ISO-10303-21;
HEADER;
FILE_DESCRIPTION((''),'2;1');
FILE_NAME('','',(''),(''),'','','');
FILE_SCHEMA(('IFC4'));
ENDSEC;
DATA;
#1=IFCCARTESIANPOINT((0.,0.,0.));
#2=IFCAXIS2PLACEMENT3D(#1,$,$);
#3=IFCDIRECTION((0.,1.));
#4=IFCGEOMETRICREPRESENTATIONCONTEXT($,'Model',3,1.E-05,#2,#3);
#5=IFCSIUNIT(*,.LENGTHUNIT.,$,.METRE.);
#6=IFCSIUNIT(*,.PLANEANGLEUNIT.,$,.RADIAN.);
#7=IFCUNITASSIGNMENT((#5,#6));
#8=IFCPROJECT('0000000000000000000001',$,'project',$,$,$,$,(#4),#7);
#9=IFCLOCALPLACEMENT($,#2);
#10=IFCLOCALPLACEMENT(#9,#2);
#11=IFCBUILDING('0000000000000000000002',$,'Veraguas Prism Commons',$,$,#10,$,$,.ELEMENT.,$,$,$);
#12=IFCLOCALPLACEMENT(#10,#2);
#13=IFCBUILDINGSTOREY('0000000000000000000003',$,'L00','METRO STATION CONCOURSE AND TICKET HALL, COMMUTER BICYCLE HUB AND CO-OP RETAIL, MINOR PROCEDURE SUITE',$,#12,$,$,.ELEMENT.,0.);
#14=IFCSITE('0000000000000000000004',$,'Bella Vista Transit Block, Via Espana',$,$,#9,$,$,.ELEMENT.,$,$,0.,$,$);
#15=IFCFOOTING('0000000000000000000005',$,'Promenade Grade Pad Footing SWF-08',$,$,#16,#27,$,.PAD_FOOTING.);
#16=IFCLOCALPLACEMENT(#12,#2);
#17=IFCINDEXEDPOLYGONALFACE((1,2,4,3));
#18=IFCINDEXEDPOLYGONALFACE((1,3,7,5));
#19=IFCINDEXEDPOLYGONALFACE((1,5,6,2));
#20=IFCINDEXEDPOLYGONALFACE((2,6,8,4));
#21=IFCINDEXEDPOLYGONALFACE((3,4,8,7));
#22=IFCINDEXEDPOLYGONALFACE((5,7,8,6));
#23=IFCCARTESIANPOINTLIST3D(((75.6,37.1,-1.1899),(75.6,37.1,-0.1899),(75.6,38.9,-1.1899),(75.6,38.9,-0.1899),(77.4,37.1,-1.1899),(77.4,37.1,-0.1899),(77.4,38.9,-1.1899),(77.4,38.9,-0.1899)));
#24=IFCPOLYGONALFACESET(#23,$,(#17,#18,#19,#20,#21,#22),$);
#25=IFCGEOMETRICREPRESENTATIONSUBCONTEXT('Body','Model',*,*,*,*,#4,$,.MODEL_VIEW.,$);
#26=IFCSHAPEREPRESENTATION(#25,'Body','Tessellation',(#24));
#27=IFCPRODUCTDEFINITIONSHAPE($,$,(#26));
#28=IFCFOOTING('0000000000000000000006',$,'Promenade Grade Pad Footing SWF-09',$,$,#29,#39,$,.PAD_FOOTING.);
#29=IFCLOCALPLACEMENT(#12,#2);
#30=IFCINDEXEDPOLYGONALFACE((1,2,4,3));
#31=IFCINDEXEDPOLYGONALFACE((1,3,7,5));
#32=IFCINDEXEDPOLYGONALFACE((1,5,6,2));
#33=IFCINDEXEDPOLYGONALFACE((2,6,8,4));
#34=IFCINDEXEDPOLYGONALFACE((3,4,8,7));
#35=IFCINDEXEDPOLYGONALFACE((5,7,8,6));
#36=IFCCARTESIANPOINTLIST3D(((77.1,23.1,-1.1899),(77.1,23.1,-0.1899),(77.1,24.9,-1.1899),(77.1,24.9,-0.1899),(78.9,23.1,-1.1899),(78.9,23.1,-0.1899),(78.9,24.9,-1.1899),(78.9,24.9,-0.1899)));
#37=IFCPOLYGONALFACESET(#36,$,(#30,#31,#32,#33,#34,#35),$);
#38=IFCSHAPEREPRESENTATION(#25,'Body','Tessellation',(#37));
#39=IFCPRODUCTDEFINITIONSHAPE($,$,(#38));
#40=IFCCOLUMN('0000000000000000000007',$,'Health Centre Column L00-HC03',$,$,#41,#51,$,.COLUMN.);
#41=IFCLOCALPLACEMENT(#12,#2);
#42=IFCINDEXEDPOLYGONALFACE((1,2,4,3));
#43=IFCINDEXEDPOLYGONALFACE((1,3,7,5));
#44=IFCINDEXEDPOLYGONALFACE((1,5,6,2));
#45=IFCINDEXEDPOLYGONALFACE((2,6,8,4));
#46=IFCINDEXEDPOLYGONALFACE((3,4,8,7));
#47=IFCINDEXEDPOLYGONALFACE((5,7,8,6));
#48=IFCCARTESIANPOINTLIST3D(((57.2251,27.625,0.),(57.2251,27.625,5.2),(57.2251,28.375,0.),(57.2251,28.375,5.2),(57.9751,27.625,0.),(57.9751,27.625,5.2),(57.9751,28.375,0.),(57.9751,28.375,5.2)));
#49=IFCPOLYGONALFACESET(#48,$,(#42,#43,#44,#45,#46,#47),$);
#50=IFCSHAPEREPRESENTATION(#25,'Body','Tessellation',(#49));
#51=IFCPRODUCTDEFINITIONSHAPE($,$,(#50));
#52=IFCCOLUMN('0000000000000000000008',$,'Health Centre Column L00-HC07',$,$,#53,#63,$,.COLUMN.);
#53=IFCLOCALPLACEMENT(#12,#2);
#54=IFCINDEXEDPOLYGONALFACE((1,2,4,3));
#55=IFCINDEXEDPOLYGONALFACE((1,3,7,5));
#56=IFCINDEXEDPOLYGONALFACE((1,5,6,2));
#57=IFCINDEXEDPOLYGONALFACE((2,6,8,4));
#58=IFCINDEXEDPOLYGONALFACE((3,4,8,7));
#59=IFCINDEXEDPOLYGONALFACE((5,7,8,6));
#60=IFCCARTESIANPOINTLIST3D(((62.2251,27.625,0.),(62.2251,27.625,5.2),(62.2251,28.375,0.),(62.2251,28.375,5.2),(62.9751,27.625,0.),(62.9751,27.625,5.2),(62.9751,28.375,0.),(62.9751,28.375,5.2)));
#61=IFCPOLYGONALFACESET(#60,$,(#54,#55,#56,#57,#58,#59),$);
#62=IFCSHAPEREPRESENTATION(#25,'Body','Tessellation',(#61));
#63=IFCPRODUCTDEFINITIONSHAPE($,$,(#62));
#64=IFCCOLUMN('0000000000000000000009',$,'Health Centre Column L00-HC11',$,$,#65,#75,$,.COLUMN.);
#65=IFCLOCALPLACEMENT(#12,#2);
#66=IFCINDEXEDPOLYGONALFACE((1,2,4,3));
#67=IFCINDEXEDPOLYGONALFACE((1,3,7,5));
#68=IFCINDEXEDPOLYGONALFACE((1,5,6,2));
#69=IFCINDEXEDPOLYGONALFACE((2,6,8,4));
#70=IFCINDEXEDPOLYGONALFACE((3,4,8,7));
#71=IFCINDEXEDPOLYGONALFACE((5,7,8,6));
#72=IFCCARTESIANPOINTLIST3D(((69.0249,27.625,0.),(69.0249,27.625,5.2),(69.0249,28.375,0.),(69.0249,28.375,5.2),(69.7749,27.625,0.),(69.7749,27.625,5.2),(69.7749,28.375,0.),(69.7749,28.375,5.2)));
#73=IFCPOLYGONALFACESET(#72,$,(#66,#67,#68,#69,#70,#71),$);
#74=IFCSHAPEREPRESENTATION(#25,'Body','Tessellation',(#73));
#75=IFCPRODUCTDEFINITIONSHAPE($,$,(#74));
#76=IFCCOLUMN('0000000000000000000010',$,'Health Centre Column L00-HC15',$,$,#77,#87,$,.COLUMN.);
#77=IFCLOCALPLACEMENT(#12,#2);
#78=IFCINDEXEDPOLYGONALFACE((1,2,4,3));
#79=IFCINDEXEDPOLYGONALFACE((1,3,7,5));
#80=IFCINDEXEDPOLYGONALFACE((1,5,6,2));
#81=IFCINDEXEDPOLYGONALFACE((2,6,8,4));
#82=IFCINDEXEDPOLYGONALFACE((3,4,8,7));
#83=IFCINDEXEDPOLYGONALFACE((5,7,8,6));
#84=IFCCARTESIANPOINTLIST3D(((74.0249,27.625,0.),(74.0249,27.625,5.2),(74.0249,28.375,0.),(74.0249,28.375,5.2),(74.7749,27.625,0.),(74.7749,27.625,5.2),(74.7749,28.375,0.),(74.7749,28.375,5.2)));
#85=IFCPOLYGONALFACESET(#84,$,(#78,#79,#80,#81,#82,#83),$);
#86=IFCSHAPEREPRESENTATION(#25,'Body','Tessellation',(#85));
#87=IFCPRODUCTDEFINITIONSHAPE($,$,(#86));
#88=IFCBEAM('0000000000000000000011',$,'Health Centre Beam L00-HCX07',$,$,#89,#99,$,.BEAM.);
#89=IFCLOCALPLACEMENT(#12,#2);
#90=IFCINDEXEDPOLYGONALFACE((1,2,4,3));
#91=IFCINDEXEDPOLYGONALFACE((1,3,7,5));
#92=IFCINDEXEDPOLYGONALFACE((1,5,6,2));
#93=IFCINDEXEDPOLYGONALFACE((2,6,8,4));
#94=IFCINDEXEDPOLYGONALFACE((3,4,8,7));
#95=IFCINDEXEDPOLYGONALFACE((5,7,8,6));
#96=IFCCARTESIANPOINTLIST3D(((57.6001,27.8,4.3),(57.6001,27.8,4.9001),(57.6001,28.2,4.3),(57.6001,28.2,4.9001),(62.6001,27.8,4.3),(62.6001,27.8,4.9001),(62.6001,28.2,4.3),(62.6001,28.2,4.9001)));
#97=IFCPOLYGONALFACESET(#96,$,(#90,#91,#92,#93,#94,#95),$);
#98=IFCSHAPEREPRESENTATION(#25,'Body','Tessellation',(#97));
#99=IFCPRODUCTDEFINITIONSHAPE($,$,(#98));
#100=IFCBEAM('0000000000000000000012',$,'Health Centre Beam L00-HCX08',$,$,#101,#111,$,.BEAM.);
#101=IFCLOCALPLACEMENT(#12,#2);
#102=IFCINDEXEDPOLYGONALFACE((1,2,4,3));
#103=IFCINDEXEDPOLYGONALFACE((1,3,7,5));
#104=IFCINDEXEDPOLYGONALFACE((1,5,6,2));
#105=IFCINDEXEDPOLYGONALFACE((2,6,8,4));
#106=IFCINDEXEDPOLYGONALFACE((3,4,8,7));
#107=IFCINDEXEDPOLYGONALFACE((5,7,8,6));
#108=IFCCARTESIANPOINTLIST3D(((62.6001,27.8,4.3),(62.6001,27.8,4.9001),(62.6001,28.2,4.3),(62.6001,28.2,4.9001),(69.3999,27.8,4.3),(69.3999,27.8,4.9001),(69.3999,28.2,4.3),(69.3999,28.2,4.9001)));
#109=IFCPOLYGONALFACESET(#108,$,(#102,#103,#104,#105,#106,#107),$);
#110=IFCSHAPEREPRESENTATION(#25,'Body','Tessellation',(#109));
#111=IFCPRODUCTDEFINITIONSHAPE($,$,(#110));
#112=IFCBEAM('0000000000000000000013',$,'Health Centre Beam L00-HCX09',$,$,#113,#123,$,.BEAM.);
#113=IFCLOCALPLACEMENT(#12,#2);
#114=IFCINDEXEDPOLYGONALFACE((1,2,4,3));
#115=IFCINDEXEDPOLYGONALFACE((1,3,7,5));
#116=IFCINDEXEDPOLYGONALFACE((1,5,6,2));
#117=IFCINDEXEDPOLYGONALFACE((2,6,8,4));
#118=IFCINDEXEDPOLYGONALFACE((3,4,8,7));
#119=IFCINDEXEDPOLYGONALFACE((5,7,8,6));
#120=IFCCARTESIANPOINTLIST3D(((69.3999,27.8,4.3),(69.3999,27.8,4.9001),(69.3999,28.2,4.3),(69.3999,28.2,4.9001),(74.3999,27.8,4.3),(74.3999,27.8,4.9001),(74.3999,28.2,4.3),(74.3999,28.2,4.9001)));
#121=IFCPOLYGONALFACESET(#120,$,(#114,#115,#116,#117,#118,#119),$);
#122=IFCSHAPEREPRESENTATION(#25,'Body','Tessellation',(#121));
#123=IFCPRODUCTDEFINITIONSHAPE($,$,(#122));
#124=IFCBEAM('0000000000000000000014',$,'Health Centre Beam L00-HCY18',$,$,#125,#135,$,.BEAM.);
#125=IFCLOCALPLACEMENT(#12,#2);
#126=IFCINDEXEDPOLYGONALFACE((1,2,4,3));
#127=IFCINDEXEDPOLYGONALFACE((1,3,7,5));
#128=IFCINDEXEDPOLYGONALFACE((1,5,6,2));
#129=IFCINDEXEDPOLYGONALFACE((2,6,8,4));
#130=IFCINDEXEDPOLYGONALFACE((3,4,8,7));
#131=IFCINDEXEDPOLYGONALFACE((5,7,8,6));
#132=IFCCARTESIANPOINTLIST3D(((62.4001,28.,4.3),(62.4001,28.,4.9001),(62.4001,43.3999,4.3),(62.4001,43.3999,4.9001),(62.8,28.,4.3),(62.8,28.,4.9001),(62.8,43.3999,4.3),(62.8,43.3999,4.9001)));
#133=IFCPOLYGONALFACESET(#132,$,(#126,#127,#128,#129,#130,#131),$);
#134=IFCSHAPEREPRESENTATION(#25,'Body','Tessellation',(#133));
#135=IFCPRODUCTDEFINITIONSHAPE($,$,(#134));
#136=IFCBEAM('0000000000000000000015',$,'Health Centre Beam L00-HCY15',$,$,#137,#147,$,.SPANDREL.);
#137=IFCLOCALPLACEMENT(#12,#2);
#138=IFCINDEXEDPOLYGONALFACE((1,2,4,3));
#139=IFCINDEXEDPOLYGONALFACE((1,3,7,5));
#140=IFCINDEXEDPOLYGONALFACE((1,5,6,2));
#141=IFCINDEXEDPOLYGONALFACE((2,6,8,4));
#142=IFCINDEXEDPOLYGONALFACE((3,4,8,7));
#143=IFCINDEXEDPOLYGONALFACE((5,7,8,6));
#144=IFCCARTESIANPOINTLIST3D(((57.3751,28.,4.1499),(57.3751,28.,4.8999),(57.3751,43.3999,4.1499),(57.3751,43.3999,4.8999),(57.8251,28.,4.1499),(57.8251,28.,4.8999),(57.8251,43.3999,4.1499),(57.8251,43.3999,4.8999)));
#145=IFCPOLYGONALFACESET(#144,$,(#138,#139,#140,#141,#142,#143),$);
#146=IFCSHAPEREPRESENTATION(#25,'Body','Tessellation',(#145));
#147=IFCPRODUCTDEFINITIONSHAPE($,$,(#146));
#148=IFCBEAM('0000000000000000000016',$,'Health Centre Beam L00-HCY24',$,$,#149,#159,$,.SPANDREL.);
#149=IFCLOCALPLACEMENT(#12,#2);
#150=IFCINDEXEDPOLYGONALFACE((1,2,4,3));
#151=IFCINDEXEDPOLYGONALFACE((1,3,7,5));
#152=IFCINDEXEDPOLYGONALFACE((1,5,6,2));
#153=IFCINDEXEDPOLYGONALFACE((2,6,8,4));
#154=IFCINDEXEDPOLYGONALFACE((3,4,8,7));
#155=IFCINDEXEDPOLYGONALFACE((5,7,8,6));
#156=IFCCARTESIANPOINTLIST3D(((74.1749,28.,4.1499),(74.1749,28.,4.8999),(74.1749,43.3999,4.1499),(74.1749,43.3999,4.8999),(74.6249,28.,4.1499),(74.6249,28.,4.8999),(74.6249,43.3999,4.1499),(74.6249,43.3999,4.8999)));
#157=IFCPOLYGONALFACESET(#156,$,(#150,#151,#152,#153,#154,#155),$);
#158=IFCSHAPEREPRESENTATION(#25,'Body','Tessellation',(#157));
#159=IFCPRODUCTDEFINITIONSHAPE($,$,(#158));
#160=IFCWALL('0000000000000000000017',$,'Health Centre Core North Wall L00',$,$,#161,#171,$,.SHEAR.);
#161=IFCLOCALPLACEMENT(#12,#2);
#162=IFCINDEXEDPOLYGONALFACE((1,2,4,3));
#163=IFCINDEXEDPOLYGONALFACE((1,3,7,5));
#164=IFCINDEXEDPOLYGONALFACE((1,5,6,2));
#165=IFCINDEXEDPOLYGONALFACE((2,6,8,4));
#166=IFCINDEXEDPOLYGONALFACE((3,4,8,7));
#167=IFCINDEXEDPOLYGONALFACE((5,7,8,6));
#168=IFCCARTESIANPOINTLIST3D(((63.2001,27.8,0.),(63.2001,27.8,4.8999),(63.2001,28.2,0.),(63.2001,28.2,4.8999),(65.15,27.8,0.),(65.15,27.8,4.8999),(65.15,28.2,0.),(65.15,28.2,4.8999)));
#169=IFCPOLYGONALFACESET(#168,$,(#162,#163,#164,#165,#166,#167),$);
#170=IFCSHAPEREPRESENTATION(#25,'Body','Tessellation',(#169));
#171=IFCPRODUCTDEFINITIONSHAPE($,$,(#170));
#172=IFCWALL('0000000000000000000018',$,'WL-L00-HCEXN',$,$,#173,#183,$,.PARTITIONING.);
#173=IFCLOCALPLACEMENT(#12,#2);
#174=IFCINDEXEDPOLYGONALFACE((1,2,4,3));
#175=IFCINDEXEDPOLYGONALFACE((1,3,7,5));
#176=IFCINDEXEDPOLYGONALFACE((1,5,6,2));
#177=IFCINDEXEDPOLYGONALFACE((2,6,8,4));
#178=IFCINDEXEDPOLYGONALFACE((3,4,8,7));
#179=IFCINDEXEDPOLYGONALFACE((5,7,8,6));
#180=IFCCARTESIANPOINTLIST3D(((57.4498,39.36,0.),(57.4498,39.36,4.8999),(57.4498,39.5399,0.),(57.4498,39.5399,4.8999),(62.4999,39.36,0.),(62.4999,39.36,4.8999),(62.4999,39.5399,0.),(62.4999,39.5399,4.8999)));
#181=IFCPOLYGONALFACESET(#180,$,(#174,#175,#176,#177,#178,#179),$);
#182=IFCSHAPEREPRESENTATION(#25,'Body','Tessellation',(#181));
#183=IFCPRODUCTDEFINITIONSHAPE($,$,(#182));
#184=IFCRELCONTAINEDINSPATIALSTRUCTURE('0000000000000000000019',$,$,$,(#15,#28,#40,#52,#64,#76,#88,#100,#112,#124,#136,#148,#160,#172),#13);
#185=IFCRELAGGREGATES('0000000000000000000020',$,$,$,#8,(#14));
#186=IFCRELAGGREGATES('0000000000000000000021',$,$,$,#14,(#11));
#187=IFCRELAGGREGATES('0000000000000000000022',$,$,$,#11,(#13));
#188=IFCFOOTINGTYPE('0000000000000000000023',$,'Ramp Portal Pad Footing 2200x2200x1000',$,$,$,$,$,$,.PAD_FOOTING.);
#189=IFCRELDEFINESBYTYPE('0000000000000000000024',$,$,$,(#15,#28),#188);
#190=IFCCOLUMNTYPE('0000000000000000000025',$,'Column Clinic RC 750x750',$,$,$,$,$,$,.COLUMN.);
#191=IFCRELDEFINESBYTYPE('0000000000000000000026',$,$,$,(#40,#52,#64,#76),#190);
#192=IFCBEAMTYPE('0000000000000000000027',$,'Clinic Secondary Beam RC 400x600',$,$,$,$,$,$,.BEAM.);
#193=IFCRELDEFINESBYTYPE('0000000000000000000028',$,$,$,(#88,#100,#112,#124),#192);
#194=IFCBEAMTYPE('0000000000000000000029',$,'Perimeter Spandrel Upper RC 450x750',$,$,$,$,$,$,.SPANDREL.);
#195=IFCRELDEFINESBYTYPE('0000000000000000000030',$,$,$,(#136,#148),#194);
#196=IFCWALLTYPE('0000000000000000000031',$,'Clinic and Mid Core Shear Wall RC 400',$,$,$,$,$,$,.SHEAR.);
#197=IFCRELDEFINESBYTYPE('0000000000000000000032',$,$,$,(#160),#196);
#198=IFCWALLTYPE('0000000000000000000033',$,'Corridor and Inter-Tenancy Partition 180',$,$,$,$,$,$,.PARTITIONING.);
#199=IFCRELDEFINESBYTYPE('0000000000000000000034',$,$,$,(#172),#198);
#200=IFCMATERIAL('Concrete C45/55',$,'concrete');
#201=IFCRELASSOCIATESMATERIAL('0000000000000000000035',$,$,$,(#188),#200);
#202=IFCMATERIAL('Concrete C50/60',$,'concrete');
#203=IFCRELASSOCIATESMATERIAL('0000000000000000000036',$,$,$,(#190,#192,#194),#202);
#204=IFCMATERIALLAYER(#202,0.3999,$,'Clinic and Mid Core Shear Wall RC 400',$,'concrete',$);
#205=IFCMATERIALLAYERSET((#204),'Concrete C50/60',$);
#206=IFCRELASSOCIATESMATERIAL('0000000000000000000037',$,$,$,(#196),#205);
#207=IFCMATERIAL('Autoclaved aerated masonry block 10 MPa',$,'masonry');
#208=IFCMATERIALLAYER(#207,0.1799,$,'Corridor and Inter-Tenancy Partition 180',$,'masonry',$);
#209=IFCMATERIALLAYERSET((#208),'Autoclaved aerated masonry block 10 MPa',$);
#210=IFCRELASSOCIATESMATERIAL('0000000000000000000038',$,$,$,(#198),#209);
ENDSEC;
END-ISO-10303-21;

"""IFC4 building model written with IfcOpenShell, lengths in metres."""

from ifc_helpers import new_model, si_unit, direction, frame, frame_2d, origin, origin_2d, place, context, subcontext, project, spatial, rectangle, extrude, source, transform, mapped, material, layer, layer_set, material_profile, profile_set, type_object, element, save


model = new_model("IFC4")

# Units and contexts
model_context = context("Model", 3, precision=1e-05, world=origin(), true_north=direction((0.0, 1.0)))
body_context = subcontext(model_context, "Body", "Model", "MODEL_VIEW")
ifc_project = project(units=[si_unit("LENGTHUNIT", "METRE"), si_unit("PLANEANGLEUNIT", "RADIAN")], contexts=[model_context])

# Site, building, storey
site_placement = place(None, origin())
site = spatial("IfcSite", under=ifc_project, at=site_placement, Name="Bella Vista Transit Block, Via Espana", CompositionType="ELEMENT", RefElevation=0.0)
building_placement = place(site_placement, origin())
building = spatial("IfcBuilding", under=site, at=building_placement, Name="Veraguas Prism Commons", CompositionType="ELEMENT")
storey_placement = place(building_placement, origin())
storey = spatial("IfcBuildingStorey", under=building, at=storey_placement, Name="L00", Description="METRO STATION CONCOURSE AND TICKET HALL, COMMUTER BICYCLE HUB AND CO-OP RETAIL, MINOR PROCEDURE SUITE", CompositionType="ELEMENT", Elevation=0.0)

# Footings
ifc_material_1 = material(Name="Concrete C45/55", Category="concrete")
footing_type = type_object("IfcFootingType", Name="Ramp Portal Pad Footing 2200x2200x1000", PredefinedType="PAD_FOOTING", material=ifc_material_1)
shared_shape_1 = source(origin(), body_context, "Body", "SweptSolid", [
    extrude(rectangle(XDim=1.8, YDim=1.8, at=origin_2d()), origin(), (0.0, 0.0, 1.0), 1.0),
])
for number, where, z_axis, x_axis, name in (
    (1, (76.5, 38.0, -1.1899), (0.0, 0.0, 1.0), (1.0, 0.0, 0.0), "Promenade Grade Pad Footing SWF-08"),
    (2, (78.0, 24.0, -1.1899), (0.0, 0.0, 1.0), (1.0, 0.0, 0.0), "Promenade Grade Pad Footing SWF-09"),
):
    element("IfcFooting", number, at=place(storey_placement, frame(where, z_axis=z_axis, x_axis=x_axis)), inside=storey, type_object=footing_type, Name=name, PredefinedType="PAD_FOOTING", context=body_context, shape_type="MappedRepresentation", body=[
        mapped(shared_shape_1, transform((0.0, 0.0, 0.0), scale=1.0)),
    ])

# Columns
ifc_material_2 = material(Name="Concrete C50/60", Category="concrete")
ifc_material_profile_1 = material_profile(ifc_material_2, rectangle(XDim=0.75, YDim=0.75, at=origin_2d()), Name="RC750X750")
ifc_profile_set_1 = profile_set([ifc_material_profile_1], Name="Concrete C50/60")
column_type = type_object("IfcColumnType", Name="Column Clinic RC 750x750", PredefinedType="COLUMN", material=ifc_profile_set_1)
for number, where, z_axis, x_axis, name in (
    (3, (57.6001, 28.0, 0.0), (0.0, 0.0, 1.0), (1.0, 0.0, 0.0), "Health Centre Column L00-HC03"),
    (4, (62.6001, 28.0, 0.0), (0.0, 0.0, 1.0), (1.0, 0.0, 0.0), "Health Centre Column L00-HC07"),
    (5, (69.3999, 28.0, 0.0), (0.0, 0.0, 1.0), (1.0, 0.0, 0.0), "Health Centre Column L00-HC11"),
    (6, (74.3999, 28.0, 0.0), (0.0, 0.0, 1.0), (1.0, 0.0, 0.0), "Health Centre Column L00-HC15"),
):
    element("IfcColumn", number, at=place(storey_placement, frame(where, z_axis=z_axis, x_axis=x_axis)), inside=storey, type_object=column_type, Name=name, PredefinedType="COLUMN", context=body_context, shape_type="SweptSolid", body=[
        extrude(rectangle(XDim=0.75, YDim=0.75, at=origin_2d()), origin(), (0.0, 0.0, 1.0), 5.2),
    ])

# Beams
ifc_material_profile_2 = material_profile(ifc_material_2, rectangle(XDim=0.3999, YDim=0.6001, at=origin_2d()), Name="RC400X600")
ifc_profile_set_2 = profile_set([ifc_material_profile_2], Name="Concrete C50/60")
beam_type_1 = type_object("IfcBeamType", Name="Clinic Secondary Beam RC 400x600", PredefinedType="BEAM", material=ifc_profile_set_2)
beam_1_placement = place(storey_placement, frame((57.6001, 28.0, 4.6001), z_axis=(1.0, 0.0, 0.0), x_axis=(0.0, 1.0, 0.0)))
element("IfcBeam", 7, at=beam_1_placement, inside=storey, type_object=beam_type_1, Name="Health Centre Beam L00-HCX07", PredefinedType="BEAM", context=body_context, shape_type="SweptSolid", body=[
    extrude(rectangle(XDim=0.3999, YDim=0.6001, at=origin_2d()), origin(), (0.0, 0.0, 1.0), 5.0),
])
beam_2_placement = place(storey_placement, frame((62.6001, 28.0, 4.6001), z_axis=(1.0, 0.0, 0.0), x_axis=(0.0, 1.0, 0.0)))
element("IfcBeam", 8, at=beam_2_placement, inside=storey, type_object=beam_type_1, Name="Health Centre Beam L00-HCX08", PredefinedType="BEAM", context=body_context, shape_type="SweptSolid", body=[
    extrude(rectangle(XDim=0.3999, YDim=0.6001, at=origin_2d()), origin(), (0.0, 0.0, 1.0), 6.7998),
])
beam_3_placement = place(storey_placement, frame((69.3999, 28.0, 4.6001), z_axis=(1.0, 0.0, 0.0), x_axis=(0.0, 1.0, 0.0)))
element("IfcBeam", 9, at=beam_3_placement, inside=storey, type_object=beam_type_1, Name="Health Centre Beam L00-HCX09", PredefinedType="BEAM", context=body_context, shape_type="SweptSolid", body=[
    extrude(rectangle(XDim=0.3999, YDim=0.6001, at=origin_2d()), origin(), (0.0, 0.0, 1.0), 5.0),
])
beam_4_placement = place(storey_placement, frame((62.6001, 28.0, 4.6001), z_axis=(0.0, 1.0, 0.0), x_axis=(-1.0, 0.0, 0.0)))
element("IfcBeam", 10, at=beam_4_placement, inside=storey, type_object=beam_type_1, Name="Health Centre Beam L00-HCY18", PredefinedType="BEAM", context=body_context, shape_type="SweptSolid", body=[
    extrude(rectangle(XDim=0.3999, YDim=0.6001, at=origin_2d()), origin(), (0.0, 0.0, 1.0), 15.3999),
])
ifc_material_profile_3 = material_profile(ifc_material_2, rectangle(XDim=0.45, YDim=0.75, at=origin_2d()), Name="RC450X750")
ifc_profile_set_3 = profile_set([ifc_material_profile_3], Name="Concrete C50/60")
beam_type_2 = type_object("IfcBeamType", Name="Perimeter Spandrel Upper RC 450x750", PredefinedType="SPANDREL", material=ifc_profile_set_3)
for number, where, z_axis, x_axis, name in (
    (11, (57.6001, 28.0, 4.5249), (0.0, 1.0, 0.0), (-1.0, 0.0, 0.0), "Health Centre Beam L00-HCY15"),
    (12, (74.3999, 28.0, 4.5249), (0.0, 1.0, 0.0), (-1.0, 0.0, 0.0), "Health Centre Beam L00-HCY24"),
):
    element("IfcBeam", number, at=place(storey_placement, frame(where, z_axis=z_axis, x_axis=x_axis)), inside=storey, type_object=beam_type_2, Name=name, PredefinedType="SPANDREL", context=body_context, shape_type="SweptSolid", body=[
        extrude(rectangle(XDim=0.45, YDim=0.75, at=origin_2d()), origin(), (0.0, 0.0, 1.0), 15.3999),
    ])

# Walls
ifc_layer_1 = layer(ifc_material_2, 0.3999, Name="Clinic and Mid Core Shear Wall RC 400", Category="concrete")
ifc_layer_set_1 = layer_set([ifc_layer_1], Name="Concrete C50/60")
wall_type_1 = type_object("IfcWallType", Name="Clinic and Mid Core Shear Wall RC 400", PredefinedType="SHEAR", material=ifc_layer_set_1)
wall_1_placement = place(storey_placement, frame((63.2, 28.0, 0.0), z_axis=(0.0, 0.0, 1.0), x_axis=(1.0, 0.0, 0.0)))
element("IfcWall", 13, at=wall_1_placement, inside=storey, type_object=wall_type_1, Name="Health Centre Core North Wall L00", PredefinedType="SHEAR", context=body_context, shape_type="SweptSolid", body=[
    extrude(rectangle(XDim=1.95, YDim=0.3999, at=frame_2d((0.9751, 0.0))), origin(), (0.0, 0.0, 1.0), 4.8999),
])
ifc_material_3 = material(Name="Autoclaved aerated masonry block 10 MPa", Category="masonry")
ifc_layer_2 = layer(ifc_material_3, 0.1799, Name="Corridor and Inter-Tenancy Partition 180", Category="masonry")
ifc_layer_set_2 = layer_set([ifc_layer_2], Name="Autoclaved aerated masonry block 10 MPa")
wall_type_2 = type_object("IfcWallType", Name="Corridor and Inter-Tenancy Partition 180", PredefinedType="PARTITIONING", material=ifc_layer_set_2)
wall_2_placement = place(storey_placement, frame((57.45, 39.45, 0.0), z_axis=(0.0, 0.0, 1.0), x_axis=(1.0, 0.0, 0.0)))
element("IfcWall", 14, at=wall_2_placement, inside=storey, type_object=wall_type_2, Name="WL-L00-HCEXN", PredefinedType="PARTITIONING", context=body_context, shape_type="SweptSolid", body=[
    extrude(rectangle(XDim=5.05, YDim=0.1799, at=frame_2d((2.5249, 0.0))), origin(), (0.0, 0.0, 1.0), 4.8999),
])

save(model, "model.ifc")
